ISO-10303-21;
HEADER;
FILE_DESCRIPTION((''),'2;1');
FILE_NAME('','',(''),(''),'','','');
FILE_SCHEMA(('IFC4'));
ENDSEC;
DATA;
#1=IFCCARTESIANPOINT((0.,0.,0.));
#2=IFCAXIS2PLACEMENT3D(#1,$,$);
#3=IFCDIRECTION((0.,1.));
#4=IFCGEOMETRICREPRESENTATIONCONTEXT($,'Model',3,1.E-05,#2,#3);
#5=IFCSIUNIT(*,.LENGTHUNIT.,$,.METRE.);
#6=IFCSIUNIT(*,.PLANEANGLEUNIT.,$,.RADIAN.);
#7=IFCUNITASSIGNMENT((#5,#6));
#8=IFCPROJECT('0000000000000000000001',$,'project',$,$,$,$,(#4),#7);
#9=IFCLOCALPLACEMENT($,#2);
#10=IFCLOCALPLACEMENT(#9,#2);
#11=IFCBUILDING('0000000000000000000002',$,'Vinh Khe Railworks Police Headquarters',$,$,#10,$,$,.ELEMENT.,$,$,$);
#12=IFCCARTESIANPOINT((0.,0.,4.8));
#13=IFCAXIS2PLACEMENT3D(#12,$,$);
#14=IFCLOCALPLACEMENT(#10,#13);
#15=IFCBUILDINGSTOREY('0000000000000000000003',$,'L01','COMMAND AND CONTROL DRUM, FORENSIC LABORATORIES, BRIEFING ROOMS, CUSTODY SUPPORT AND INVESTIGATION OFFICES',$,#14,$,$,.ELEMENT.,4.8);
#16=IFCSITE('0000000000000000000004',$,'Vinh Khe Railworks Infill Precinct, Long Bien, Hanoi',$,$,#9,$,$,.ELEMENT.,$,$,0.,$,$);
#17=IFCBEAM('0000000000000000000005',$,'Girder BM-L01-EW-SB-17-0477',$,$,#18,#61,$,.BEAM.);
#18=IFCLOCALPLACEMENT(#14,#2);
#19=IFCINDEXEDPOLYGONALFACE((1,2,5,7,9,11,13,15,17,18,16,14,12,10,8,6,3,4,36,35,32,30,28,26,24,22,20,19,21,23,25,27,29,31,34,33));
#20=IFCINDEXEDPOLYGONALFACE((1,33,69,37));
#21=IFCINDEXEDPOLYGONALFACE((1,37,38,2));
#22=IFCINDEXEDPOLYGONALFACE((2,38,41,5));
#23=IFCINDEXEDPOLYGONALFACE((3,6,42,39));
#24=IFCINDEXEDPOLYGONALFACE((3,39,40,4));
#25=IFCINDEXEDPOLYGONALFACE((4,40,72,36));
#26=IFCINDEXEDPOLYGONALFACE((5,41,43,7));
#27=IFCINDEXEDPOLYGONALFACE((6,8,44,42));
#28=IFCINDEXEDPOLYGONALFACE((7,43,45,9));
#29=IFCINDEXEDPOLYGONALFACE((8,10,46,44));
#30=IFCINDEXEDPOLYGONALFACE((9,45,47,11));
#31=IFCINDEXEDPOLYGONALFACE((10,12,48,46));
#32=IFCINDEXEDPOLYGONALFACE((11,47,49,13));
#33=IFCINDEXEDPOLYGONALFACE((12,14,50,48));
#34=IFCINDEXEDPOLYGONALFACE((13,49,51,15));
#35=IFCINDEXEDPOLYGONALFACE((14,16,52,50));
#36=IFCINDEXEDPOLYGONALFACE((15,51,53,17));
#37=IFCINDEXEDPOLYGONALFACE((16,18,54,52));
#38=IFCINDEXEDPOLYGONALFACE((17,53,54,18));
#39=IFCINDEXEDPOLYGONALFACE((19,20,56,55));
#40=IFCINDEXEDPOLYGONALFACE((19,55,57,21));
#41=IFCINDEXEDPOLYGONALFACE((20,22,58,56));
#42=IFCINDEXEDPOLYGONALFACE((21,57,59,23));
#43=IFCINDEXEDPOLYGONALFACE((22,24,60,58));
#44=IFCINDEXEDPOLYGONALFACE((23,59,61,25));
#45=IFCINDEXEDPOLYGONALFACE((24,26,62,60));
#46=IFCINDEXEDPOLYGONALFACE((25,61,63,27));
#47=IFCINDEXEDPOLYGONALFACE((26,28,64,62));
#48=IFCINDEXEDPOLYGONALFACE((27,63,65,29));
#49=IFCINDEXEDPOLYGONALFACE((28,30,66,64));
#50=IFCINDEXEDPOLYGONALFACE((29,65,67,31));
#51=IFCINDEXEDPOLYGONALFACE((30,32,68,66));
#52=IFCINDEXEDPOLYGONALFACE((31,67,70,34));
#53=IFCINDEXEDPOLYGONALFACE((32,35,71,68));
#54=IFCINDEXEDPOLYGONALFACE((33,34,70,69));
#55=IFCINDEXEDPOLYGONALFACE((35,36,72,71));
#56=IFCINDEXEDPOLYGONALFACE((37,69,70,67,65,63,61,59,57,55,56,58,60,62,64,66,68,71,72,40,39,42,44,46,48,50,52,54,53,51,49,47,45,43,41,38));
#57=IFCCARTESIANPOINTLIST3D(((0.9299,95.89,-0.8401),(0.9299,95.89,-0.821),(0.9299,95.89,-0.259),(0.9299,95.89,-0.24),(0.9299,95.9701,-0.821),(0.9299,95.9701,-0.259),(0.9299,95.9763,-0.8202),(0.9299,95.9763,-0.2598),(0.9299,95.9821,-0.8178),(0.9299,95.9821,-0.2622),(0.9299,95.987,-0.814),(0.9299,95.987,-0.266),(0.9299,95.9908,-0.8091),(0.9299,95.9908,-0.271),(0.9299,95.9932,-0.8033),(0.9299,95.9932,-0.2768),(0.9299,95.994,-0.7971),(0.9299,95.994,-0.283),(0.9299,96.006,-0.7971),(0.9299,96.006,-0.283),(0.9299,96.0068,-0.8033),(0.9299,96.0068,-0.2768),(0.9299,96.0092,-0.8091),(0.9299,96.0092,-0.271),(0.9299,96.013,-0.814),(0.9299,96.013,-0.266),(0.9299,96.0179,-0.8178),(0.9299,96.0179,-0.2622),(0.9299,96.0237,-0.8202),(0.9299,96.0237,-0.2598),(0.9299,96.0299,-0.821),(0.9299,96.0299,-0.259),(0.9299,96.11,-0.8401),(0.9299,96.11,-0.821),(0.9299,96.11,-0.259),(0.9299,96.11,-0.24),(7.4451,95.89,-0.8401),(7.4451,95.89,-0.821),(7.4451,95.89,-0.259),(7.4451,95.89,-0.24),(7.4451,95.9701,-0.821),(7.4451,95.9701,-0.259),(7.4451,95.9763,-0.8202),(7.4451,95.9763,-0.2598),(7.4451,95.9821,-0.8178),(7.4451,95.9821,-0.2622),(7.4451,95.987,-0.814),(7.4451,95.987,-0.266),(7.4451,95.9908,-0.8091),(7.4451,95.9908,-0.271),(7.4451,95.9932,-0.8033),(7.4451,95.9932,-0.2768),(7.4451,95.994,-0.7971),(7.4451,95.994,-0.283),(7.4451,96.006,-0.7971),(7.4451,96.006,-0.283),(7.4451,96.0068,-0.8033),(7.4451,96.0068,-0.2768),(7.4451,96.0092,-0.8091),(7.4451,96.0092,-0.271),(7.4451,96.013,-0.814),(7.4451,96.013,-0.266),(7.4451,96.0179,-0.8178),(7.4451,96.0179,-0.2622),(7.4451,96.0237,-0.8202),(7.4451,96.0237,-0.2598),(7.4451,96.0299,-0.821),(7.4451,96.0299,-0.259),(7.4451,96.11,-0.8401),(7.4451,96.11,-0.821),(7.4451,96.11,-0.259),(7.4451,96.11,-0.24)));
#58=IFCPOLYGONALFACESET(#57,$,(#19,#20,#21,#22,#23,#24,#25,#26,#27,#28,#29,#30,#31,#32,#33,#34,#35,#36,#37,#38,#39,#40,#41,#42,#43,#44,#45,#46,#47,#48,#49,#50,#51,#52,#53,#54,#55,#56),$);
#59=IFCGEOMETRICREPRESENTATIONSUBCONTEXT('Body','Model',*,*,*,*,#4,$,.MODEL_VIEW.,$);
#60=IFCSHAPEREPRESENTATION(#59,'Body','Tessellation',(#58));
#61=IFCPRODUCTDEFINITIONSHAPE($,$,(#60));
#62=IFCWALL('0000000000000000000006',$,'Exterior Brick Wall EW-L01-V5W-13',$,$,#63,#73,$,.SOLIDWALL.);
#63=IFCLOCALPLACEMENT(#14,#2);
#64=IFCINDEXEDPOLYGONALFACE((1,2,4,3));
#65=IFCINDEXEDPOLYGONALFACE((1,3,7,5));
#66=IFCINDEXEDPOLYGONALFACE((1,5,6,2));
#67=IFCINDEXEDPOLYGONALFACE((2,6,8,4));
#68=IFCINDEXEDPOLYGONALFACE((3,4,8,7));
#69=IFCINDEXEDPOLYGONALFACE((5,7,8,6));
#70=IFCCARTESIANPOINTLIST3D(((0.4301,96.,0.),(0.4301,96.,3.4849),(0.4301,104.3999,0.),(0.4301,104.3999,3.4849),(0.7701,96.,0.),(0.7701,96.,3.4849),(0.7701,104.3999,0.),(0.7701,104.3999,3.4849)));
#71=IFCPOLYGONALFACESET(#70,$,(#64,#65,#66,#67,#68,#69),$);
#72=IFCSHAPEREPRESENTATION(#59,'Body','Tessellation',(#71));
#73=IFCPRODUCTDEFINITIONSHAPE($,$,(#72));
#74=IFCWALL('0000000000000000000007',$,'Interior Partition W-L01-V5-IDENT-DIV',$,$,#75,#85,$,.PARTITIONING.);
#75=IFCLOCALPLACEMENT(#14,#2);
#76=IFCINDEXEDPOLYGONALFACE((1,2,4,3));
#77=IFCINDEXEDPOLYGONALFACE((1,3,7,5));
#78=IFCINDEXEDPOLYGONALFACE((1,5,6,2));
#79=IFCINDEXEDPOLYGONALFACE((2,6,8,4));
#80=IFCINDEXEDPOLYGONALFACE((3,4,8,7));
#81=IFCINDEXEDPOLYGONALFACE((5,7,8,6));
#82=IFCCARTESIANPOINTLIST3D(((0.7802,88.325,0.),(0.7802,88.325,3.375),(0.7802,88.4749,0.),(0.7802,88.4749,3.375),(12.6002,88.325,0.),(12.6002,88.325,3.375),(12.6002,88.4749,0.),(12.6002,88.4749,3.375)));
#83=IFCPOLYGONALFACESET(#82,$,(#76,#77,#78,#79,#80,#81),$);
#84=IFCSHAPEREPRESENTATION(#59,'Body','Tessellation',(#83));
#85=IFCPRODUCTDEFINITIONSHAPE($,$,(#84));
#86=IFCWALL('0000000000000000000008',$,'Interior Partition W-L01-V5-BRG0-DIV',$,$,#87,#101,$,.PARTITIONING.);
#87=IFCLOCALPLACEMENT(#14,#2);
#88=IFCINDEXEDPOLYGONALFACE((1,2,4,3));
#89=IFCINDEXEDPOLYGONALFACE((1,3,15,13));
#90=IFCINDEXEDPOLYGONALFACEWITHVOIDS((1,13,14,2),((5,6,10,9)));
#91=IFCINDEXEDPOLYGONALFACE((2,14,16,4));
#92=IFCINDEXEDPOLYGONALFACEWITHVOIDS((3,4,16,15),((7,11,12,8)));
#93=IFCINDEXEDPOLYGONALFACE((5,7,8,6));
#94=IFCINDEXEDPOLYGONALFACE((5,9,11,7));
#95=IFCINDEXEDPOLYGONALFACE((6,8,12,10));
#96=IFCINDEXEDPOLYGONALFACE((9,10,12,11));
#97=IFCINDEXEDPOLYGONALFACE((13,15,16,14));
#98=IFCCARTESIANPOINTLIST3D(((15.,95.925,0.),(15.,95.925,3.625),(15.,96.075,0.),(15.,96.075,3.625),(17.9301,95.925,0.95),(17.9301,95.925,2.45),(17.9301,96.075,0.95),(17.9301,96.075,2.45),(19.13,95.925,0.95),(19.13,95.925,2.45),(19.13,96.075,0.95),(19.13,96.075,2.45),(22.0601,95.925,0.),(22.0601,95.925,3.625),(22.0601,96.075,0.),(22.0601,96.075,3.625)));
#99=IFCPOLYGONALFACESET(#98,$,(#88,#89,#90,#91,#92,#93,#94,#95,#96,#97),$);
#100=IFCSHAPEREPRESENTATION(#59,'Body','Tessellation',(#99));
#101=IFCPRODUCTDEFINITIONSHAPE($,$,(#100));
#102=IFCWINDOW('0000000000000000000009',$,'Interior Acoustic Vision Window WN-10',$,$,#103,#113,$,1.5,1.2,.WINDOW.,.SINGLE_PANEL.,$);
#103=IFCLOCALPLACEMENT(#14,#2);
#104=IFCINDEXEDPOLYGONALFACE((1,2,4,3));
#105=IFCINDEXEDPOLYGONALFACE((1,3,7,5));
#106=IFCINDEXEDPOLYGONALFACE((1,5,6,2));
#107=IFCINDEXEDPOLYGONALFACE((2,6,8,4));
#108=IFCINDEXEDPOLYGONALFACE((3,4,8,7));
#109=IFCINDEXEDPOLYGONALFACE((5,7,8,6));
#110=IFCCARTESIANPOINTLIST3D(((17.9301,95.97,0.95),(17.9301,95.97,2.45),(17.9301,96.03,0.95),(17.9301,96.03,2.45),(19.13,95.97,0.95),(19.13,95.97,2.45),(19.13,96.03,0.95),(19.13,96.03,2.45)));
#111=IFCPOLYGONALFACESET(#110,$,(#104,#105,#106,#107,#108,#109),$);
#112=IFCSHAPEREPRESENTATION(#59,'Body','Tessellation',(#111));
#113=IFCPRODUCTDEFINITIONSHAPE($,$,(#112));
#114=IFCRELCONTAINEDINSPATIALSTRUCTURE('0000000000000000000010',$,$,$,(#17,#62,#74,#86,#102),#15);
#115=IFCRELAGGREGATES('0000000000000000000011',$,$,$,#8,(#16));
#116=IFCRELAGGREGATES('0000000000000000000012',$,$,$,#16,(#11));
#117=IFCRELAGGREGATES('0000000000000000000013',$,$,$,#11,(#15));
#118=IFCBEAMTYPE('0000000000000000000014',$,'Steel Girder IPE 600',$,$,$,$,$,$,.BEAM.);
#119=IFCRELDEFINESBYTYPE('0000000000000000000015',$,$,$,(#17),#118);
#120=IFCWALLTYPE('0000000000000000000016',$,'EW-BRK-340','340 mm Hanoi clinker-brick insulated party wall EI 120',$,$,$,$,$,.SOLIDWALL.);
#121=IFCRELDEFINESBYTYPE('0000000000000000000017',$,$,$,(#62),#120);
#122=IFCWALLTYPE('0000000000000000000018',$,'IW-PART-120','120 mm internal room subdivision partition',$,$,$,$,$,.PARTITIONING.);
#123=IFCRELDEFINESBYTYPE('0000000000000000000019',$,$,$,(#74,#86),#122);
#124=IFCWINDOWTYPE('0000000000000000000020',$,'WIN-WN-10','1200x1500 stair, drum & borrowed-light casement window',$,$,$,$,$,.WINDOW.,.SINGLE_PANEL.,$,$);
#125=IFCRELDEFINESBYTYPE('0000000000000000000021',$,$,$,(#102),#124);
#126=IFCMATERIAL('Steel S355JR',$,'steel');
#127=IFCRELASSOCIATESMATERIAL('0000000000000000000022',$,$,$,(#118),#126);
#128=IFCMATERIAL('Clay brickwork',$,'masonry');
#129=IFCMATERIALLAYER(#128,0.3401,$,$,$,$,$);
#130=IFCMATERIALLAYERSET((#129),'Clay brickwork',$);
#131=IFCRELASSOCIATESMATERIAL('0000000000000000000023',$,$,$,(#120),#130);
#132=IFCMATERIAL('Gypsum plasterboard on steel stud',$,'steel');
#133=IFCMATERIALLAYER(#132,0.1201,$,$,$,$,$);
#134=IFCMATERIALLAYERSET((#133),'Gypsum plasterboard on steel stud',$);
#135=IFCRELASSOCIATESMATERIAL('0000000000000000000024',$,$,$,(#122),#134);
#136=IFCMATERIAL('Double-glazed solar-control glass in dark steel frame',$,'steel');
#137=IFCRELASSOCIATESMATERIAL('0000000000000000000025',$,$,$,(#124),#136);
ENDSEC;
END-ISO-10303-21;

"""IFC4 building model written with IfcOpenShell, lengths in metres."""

from ifc_helpers import new_model, si_unit, direction, frame, frame_2d, origin, origin_2d, place, context, subcontext, project, spatial, rectangle, i_section, extrude, material, layer, layer_set, material_profile, profile_set, type_object, element, fill, save


model = new_model("IFC4")

# Units and contexts
model_context = context("Model", 3, precision=1e-05, world=origin(), true_north=direction((0.0, 1.0)))
body_context = subcontext(model_context, "Body", "Model", "MODEL_VIEW")
ifc_project = project(units=[si_unit("LENGTHUNIT", "METRE"), si_unit("PLANEANGLEUNIT", "RADIAN")], contexts=[model_context])

# Site, building, storey
site_placement = place(None, origin())
site = spatial("IfcSite", under=ifc_project, at=site_placement, Name="Vinh Khe Railworks Infill Precinct, Long Bien, Hanoi", CompositionType="ELEMENT", RefElevation=0.0)
building_placement = place(site_placement, origin())
building = spatial("IfcBuilding", under=site, at=building_placement, Name="Vinh Khe Railworks Police Headquarters", CompositionType="ELEMENT")
storey_placement = place(building_placement, frame((0.0, 0.0, 4.8)))
storey = spatial("IfcBuildingStorey", under=building, at=storey_placement, Name="L01", Description="COMMAND AND CONTROL DRUM, FORENSIC LABORATORIES, BRIEFING ROOMS, CUSTODY SUPPORT AND INVESTIGATION OFFICES", CompositionType="ELEMENT", Elevation=4.8)

# Shared definitions
ifc_material_1 = material(Name="Steel S355JR", Category="steel")

# Beam
ifc_material_profile_1 = material_profile(ifc_material_1, i_section(OverallWidth=0.22, OverallDepth=0.6001, WebThickness=0.012, FlangeThickness=0.019, FilletRadius=0.0239, at=origin_2d()), Name="IPE 600")
ifc_profile_set_1 = profile_set([ifc_material_profile_1], Name="Steel S355JR")
beam_type_1 = type_object("IfcBeamType", Name="Steel Girder IPE 600", PredefinedType="BEAM", material=ifc_profile_set_1)
beam_1_placement = place(storey_placement, frame((0.9299, 96.0, -0.54), z_axis=(1.0, 0.0, 0.0), x_axis=(0.0, 1.0, 0.0)))
element("IfcBeam", 1, at=beam_1_placement, inside=storey, type_object=beam_type_1, Name="Girder BM-L01-EW-SB-17-0477", PredefinedType="BEAM", context=body_context, shape_type="SweptSolid", body=[
    extrude(i_section(OverallWidth=0.22, OverallDepth=0.6001, WebThickness=0.012, FlangeThickness=0.019, FilletRadius=0.0239, at=origin_2d()), origin(), (0.0, 0.0, 1.0), 6.5151),
])

# Walls
ifc_material_2 = material(Name="Clay brickwork", Category="masonry")
ifc_layer_1 = layer(ifc_material_2, 0.3401)
ifc_layer_set_1 = layer_set([ifc_layer_1], Name="Clay brickwork")
wall_type_1 = type_object("IfcWallType", Name="EW-BRK-340", Description="340 mm Hanoi clinker-brick insulated party wall EI 120", PredefinedType="SOLIDWALL", material=ifc_layer_set_1)
wall_1_placement = place(storey_placement, frame((0.6001, 96.0, 0.0), z_axis=(0.0, 0.0, 1.0), x_axis=(0.0, 1.0, 0.0)))
element("IfcWall", 2, at=wall_1_placement, inside=storey, type_object=wall_type_1, Name="Exterior Brick Wall EW-L01-V5W-13", PredefinedType="SOLIDWALL", context=body_context, shape_type="SweptSolid", body=[
    extrude(rectangle(XDim=8.3999, YDim=0.3401, at=frame_2d((4.2, 0.0))), origin(), (0.0, 0.0, 1.0), 3.4849),
])
ifc_material_3 = material(Name="Gypsum plasterboard on steel stud", Category="steel")
ifc_layer_2 = layer(ifc_material_3, 0.1201)
ifc_layer_set_2 = layer_set([ifc_layer_2], Name="Gypsum plasterboard on steel stud")
wall_type_2 = type_object("IfcWallType", Name="IW-PART-120", Description="120 mm internal room subdivision partition", PredefinedType="PARTITIONING", material=ifc_layer_set_2)
wall_2_placement = place(storey_placement, frame((0.78, 88.3999, 0.0), z_axis=(0.0, 0.0, 1.0), x_axis=(1.0, 0.0, 0.0)))
element("IfcWall", 3, at=wall_2_placement, inside=storey, type_object=wall_type_2, Name="Interior Partition W-L01-V5-IDENT-DIV", PredefinedType="PARTITIONING", context=body_context, shape_type="SweptSolid", body=[
    extrude(rectangle(XDim=11.8201, YDim=0.1499, at=frame_2d((5.9102, 0.0))), origin(), (0.0, 0.0, 1.0), 3.375),
])

# Wall, opening, window
wall_3_placement = place(storey_placement, frame((15.0, 96.0, 0.0), z_axis=(0.0, 0.0, 1.0), x_axis=(1.0, 0.0, 0.0)))
wall_3 = element("IfcWall", 4, at=wall_3_placement, inside=storey, type_object=wall_type_2, Name="Interior Partition W-L01-V5-BRG0-DIV", PredefinedType="PARTITIONING", context=body_context, shape_type="SweptSolid", body=[
    extrude(rectangle(XDim=7.0601, YDim=0.1499, at=frame_2d((3.53, 0.0))), origin(), (0.0, 0.0, 1.0), 3.625),
])
opening_1_placement = place(wall_3_placement, frame((2.9299, 0.0, 0.95)))
opening_1 = element("IfcOpeningElement", 5, at=opening_1_placement, cuts=wall_3, PredefinedType="OPENING", context=body_context, shape_type="SweptSolid", body=[
    extrude(rectangle(XDim=1.2, YDim=1.5, at=frame_2d((0.6001, 0.75))), frame((0.0, 0.0898, 0.0), z_axis=(0.0, -1.0, 0.0), x_axis=(1.0, 0.0, 0.0)), (0.0, 0.0, 1.0), 0.1797),
])
ifc_material_4 = material(Name="Double-glazed solar-control glass in dark steel frame", Category="steel")
window_type_1 = type_object("IfcWindowType", Name="WIN-WN-10", Description="1200x1500 stair, drum & borrowed-light casement window", PartitioningType="SINGLE_PANEL", PredefinedType="WINDOW", material=ifc_material_4)
window_1_placement = place(opening_1_placement, origin())
window_1 = element("IfcWindow", 6, at=window_1_placement, inside=storey, type_object=window_type_1, Name="Interior Acoustic Vision Window WN-10", OverallHeight=1.5, OverallWidth=1.2, PartitioningType="SINGLE_PANEL", PredefinedType="WINDOW", context=body_context, shape_type="SweptSolid", body=[
    extrude(rectangle(XDim=1.2, YDim=1.5, at=frame_2d((0.6001, 0.75))), frame((0.0, 0.03, 0.0), z_axis=(0.0, -1.0, 0.0), x_axis=(1.0, 0.0, 0.0)), (0.0, 0.0, 1.0), 0.0601),
])
fill(opening_1, window_1)

save(model, "model.ifc")
